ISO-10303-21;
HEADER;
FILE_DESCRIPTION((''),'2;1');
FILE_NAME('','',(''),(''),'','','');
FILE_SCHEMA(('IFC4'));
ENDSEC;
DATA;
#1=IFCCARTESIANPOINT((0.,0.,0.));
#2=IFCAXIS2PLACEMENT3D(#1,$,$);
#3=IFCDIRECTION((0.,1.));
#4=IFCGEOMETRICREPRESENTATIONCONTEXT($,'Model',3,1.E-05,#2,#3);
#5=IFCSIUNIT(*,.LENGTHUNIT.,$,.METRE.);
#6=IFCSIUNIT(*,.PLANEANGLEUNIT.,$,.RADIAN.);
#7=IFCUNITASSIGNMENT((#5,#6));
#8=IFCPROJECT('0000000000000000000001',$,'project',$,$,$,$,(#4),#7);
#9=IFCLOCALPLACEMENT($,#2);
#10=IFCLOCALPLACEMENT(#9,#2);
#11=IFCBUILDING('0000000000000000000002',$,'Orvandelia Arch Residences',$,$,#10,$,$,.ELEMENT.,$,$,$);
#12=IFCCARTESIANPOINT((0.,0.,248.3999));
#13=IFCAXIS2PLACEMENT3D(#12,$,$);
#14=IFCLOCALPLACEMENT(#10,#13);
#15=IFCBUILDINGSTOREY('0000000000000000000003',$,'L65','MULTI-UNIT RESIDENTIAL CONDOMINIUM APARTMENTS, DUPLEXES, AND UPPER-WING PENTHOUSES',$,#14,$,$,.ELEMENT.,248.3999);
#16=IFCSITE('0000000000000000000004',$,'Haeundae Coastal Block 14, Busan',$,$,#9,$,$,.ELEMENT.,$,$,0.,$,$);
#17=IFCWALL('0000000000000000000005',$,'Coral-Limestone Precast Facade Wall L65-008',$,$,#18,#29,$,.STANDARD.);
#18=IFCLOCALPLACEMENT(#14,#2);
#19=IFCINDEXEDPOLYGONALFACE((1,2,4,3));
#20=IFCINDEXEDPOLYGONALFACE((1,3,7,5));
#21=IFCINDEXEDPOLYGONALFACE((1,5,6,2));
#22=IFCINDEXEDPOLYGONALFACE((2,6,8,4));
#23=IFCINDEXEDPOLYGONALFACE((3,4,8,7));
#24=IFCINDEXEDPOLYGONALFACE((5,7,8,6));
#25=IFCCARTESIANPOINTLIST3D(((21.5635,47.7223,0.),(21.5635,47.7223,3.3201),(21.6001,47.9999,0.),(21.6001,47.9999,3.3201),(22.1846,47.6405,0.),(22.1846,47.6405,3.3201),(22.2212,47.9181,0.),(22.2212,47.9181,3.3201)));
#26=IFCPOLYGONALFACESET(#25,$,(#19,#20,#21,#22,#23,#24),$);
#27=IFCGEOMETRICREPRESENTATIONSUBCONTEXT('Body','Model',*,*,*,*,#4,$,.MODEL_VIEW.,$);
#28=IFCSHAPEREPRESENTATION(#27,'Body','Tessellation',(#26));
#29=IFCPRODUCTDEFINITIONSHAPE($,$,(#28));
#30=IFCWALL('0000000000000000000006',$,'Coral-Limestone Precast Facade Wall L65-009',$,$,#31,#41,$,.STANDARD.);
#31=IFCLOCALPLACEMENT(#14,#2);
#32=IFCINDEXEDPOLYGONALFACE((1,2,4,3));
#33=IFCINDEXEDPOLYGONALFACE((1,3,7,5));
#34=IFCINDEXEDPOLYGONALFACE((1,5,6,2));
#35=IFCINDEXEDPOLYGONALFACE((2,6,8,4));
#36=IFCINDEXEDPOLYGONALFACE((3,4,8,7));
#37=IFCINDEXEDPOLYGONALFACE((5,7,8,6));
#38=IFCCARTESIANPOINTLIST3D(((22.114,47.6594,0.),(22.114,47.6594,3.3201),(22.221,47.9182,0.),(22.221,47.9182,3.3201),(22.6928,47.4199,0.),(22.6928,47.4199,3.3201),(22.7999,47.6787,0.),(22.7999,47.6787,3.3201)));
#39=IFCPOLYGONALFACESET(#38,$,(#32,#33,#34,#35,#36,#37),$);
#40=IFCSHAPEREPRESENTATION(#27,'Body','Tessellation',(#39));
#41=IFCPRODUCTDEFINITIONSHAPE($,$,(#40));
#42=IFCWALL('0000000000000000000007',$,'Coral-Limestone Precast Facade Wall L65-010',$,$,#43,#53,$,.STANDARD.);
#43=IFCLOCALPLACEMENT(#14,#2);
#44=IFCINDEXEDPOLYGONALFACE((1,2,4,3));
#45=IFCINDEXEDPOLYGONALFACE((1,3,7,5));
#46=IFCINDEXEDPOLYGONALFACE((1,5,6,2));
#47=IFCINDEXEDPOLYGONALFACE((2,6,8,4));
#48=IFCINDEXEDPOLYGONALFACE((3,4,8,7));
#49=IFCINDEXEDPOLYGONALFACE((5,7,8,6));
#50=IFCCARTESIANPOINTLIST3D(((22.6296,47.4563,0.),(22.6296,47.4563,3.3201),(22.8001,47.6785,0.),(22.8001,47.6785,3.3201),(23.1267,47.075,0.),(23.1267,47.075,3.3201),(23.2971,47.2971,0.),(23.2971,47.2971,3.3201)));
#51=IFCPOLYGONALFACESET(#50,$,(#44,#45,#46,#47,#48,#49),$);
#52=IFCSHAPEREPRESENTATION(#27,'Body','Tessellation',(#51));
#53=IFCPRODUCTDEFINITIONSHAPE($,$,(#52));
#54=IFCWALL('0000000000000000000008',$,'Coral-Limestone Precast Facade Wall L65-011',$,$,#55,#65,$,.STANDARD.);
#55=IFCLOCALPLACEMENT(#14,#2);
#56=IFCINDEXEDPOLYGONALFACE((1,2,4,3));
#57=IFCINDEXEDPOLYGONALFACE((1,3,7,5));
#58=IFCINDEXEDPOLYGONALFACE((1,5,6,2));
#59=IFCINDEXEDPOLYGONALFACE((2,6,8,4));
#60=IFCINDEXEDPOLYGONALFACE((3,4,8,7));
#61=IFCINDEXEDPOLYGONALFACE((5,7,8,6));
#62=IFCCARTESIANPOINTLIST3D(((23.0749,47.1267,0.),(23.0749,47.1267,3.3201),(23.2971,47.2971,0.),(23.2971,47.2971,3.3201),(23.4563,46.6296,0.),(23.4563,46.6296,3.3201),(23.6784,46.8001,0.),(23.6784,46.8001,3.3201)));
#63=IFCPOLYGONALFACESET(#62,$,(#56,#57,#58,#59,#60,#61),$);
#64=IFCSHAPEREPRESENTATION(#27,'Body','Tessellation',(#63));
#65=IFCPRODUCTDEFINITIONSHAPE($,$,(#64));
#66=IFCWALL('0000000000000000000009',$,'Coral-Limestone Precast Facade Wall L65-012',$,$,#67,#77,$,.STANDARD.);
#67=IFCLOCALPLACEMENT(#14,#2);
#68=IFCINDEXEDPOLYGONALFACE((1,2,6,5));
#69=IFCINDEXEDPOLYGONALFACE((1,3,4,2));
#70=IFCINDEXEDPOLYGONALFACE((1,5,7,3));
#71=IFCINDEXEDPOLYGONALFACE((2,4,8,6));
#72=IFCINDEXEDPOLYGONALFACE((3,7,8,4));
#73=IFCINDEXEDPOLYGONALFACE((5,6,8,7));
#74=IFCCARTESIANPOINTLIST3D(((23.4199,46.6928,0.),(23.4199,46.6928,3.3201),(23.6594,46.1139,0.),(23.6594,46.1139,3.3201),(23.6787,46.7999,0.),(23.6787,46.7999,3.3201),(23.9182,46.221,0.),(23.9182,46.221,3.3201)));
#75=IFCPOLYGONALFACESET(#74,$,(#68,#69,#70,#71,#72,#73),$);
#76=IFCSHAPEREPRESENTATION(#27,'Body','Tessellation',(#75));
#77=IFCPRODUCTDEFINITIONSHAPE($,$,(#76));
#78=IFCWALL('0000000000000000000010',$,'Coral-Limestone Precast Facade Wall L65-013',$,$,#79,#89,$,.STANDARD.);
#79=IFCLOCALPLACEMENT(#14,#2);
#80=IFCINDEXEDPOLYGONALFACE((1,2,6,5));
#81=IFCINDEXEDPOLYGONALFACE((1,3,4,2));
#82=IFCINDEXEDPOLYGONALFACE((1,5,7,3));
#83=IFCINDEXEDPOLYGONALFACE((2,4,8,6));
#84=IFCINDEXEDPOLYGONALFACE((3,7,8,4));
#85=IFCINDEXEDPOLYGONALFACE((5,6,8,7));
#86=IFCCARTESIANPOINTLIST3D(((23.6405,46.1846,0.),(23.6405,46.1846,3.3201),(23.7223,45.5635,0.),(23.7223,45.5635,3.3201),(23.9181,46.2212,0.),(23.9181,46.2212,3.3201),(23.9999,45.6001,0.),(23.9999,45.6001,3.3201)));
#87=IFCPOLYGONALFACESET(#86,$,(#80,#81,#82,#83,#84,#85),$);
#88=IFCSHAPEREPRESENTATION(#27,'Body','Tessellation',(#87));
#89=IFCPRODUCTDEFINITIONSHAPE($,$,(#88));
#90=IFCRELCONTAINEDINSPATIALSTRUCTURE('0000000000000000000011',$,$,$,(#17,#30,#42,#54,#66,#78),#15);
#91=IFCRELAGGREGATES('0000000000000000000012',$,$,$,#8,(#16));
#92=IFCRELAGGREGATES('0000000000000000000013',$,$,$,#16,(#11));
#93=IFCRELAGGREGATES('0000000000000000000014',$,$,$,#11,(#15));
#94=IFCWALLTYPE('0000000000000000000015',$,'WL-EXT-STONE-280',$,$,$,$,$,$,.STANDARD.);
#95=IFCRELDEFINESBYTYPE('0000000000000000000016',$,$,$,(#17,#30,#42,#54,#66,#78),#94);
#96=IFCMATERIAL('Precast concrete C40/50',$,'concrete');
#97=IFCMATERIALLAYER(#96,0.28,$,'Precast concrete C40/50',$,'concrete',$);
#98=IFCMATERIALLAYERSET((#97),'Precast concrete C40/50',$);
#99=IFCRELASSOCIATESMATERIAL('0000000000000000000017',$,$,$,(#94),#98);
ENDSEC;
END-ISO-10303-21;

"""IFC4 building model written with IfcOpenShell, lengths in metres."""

from ifc_helpers import new_model, si_unit, direction, frame, frame_2d, origin, place, context, subcontext, project, spatial, rectangle, extrude, material, layer, layer_set, type_object, element, save


model = new_model("IFC4")

# Units and contexts
model_context = context("Model", 3, precision=1e-05, world=origin(), true_north=direction((0.0, 1.0)))
body_context = subcontext(model_context, "Body", "Model", "MODEL_VIEW")
ifc_project = project(units=[si_unit("LENGTHUNIT", "METRE"), si_unit("PLANEANGLEUNIT", "RADIAN")], contexts=[model_context])

# Site, building, storey
site_placement = place(None, origin())
site = spatial("IfcSite", under=ifc_project, at=site_placement, Name="Haeundae Coastal Block 14, Busan", CompositionType="ELEMENT", RefElevation=0.0)
building_placement = place(site_placement, origin())
building = spatial("IfcBuilding", under=site, at=building_placement, Name="Orvandelia Arch Residences", CompositionType="ELEMENT")
storey_placement = place(building_placement, frame((0.0, 0.0, 248.3999)))
storey = spatial("IfcBuildingStorey", under=building, at=storey_placement, Name="L65", Description="MULTI-UNIT RESIDENTIAL CONDOMINIUM APARTMENTS, DUPLEXES, AND UPPER-WING PENTHOUSES", CompositionType="ELEMENT", Elevation=248.3999)

# Walls
ifc_material_1 = material(Name="Precast concrete C40/50", Category="concrete")
ifc_layer_1 = layer(ifc_material_1, 0.28, Name="Precast concrete C40/50", Category="concrete")
ifc_layer_set_1 = layer_set([ifc_layer_1], Name="Precast concrete C40/50")
wall_type_1 = type_object("IfcWallType", Name="WL-EXT-STONE-280", PredefinedType="STANDARD", material=ifc_layer_set_1)
for number, where, z_axis, x_axis, name in (
    (1, (21.5818, 47.8611, 0.0), (0.0, 0.0, 1.0), (0.991441, -0.130555, 0.0), "Coral-Limestone Precast Facade Wall L65-008"),
    (2, (22.1675, 47.7888, 0.0), (0.0, 0.0, 1.0), (0.924031, -0.382317, 0.0), "Coral-Limestone Precast Facade Wall L65-009"),
    (3, (22.7148, 47.5674, 0.0), (0.0, 0.0, 1.0), (0.793406, -0.608693, 0.0), "Coral-Limestone Precast Facade Wall L65-010"),
    (4, (23.186, 47.2119, 0.0), (0.0, 0.0, 1.0), (0.608693, -0.793406, 0.0), "Coral-Limestone Precast Facade Wall L65-011"),
    (5, (23.5493, 46.7463, 0.0), (0.0, 0.0, 1.0), (0.382317, -0.924031, 0.0), "Coral-Limestone Precast Facade Wall L65-012"),
    (6, (23.7793, 46.2029, 0.0), (0.0, 0.0, 1.0), (0.130555, -0.991441, 0.0), "Coral-Limestone Precast Facade Wall L65-013"),
):
    element("IfcWall", number, at=place(storey_placement, frame(where, z_axis=z_axis, x_axis=x_axis)), inside=storey, type_object=wall_type_1, Name=name, PredefinedType="STANDARD", context=body_context, shape_type="SweptSolid", body=[
        extrude(rectangle(XDim=0.6265, YDim=0.28, at=frame_2d((0.3132, 0.0))), origin(), (0.0, 0.0, 1.0), 3.3201),
    ])

save(model, "model.ifc")
